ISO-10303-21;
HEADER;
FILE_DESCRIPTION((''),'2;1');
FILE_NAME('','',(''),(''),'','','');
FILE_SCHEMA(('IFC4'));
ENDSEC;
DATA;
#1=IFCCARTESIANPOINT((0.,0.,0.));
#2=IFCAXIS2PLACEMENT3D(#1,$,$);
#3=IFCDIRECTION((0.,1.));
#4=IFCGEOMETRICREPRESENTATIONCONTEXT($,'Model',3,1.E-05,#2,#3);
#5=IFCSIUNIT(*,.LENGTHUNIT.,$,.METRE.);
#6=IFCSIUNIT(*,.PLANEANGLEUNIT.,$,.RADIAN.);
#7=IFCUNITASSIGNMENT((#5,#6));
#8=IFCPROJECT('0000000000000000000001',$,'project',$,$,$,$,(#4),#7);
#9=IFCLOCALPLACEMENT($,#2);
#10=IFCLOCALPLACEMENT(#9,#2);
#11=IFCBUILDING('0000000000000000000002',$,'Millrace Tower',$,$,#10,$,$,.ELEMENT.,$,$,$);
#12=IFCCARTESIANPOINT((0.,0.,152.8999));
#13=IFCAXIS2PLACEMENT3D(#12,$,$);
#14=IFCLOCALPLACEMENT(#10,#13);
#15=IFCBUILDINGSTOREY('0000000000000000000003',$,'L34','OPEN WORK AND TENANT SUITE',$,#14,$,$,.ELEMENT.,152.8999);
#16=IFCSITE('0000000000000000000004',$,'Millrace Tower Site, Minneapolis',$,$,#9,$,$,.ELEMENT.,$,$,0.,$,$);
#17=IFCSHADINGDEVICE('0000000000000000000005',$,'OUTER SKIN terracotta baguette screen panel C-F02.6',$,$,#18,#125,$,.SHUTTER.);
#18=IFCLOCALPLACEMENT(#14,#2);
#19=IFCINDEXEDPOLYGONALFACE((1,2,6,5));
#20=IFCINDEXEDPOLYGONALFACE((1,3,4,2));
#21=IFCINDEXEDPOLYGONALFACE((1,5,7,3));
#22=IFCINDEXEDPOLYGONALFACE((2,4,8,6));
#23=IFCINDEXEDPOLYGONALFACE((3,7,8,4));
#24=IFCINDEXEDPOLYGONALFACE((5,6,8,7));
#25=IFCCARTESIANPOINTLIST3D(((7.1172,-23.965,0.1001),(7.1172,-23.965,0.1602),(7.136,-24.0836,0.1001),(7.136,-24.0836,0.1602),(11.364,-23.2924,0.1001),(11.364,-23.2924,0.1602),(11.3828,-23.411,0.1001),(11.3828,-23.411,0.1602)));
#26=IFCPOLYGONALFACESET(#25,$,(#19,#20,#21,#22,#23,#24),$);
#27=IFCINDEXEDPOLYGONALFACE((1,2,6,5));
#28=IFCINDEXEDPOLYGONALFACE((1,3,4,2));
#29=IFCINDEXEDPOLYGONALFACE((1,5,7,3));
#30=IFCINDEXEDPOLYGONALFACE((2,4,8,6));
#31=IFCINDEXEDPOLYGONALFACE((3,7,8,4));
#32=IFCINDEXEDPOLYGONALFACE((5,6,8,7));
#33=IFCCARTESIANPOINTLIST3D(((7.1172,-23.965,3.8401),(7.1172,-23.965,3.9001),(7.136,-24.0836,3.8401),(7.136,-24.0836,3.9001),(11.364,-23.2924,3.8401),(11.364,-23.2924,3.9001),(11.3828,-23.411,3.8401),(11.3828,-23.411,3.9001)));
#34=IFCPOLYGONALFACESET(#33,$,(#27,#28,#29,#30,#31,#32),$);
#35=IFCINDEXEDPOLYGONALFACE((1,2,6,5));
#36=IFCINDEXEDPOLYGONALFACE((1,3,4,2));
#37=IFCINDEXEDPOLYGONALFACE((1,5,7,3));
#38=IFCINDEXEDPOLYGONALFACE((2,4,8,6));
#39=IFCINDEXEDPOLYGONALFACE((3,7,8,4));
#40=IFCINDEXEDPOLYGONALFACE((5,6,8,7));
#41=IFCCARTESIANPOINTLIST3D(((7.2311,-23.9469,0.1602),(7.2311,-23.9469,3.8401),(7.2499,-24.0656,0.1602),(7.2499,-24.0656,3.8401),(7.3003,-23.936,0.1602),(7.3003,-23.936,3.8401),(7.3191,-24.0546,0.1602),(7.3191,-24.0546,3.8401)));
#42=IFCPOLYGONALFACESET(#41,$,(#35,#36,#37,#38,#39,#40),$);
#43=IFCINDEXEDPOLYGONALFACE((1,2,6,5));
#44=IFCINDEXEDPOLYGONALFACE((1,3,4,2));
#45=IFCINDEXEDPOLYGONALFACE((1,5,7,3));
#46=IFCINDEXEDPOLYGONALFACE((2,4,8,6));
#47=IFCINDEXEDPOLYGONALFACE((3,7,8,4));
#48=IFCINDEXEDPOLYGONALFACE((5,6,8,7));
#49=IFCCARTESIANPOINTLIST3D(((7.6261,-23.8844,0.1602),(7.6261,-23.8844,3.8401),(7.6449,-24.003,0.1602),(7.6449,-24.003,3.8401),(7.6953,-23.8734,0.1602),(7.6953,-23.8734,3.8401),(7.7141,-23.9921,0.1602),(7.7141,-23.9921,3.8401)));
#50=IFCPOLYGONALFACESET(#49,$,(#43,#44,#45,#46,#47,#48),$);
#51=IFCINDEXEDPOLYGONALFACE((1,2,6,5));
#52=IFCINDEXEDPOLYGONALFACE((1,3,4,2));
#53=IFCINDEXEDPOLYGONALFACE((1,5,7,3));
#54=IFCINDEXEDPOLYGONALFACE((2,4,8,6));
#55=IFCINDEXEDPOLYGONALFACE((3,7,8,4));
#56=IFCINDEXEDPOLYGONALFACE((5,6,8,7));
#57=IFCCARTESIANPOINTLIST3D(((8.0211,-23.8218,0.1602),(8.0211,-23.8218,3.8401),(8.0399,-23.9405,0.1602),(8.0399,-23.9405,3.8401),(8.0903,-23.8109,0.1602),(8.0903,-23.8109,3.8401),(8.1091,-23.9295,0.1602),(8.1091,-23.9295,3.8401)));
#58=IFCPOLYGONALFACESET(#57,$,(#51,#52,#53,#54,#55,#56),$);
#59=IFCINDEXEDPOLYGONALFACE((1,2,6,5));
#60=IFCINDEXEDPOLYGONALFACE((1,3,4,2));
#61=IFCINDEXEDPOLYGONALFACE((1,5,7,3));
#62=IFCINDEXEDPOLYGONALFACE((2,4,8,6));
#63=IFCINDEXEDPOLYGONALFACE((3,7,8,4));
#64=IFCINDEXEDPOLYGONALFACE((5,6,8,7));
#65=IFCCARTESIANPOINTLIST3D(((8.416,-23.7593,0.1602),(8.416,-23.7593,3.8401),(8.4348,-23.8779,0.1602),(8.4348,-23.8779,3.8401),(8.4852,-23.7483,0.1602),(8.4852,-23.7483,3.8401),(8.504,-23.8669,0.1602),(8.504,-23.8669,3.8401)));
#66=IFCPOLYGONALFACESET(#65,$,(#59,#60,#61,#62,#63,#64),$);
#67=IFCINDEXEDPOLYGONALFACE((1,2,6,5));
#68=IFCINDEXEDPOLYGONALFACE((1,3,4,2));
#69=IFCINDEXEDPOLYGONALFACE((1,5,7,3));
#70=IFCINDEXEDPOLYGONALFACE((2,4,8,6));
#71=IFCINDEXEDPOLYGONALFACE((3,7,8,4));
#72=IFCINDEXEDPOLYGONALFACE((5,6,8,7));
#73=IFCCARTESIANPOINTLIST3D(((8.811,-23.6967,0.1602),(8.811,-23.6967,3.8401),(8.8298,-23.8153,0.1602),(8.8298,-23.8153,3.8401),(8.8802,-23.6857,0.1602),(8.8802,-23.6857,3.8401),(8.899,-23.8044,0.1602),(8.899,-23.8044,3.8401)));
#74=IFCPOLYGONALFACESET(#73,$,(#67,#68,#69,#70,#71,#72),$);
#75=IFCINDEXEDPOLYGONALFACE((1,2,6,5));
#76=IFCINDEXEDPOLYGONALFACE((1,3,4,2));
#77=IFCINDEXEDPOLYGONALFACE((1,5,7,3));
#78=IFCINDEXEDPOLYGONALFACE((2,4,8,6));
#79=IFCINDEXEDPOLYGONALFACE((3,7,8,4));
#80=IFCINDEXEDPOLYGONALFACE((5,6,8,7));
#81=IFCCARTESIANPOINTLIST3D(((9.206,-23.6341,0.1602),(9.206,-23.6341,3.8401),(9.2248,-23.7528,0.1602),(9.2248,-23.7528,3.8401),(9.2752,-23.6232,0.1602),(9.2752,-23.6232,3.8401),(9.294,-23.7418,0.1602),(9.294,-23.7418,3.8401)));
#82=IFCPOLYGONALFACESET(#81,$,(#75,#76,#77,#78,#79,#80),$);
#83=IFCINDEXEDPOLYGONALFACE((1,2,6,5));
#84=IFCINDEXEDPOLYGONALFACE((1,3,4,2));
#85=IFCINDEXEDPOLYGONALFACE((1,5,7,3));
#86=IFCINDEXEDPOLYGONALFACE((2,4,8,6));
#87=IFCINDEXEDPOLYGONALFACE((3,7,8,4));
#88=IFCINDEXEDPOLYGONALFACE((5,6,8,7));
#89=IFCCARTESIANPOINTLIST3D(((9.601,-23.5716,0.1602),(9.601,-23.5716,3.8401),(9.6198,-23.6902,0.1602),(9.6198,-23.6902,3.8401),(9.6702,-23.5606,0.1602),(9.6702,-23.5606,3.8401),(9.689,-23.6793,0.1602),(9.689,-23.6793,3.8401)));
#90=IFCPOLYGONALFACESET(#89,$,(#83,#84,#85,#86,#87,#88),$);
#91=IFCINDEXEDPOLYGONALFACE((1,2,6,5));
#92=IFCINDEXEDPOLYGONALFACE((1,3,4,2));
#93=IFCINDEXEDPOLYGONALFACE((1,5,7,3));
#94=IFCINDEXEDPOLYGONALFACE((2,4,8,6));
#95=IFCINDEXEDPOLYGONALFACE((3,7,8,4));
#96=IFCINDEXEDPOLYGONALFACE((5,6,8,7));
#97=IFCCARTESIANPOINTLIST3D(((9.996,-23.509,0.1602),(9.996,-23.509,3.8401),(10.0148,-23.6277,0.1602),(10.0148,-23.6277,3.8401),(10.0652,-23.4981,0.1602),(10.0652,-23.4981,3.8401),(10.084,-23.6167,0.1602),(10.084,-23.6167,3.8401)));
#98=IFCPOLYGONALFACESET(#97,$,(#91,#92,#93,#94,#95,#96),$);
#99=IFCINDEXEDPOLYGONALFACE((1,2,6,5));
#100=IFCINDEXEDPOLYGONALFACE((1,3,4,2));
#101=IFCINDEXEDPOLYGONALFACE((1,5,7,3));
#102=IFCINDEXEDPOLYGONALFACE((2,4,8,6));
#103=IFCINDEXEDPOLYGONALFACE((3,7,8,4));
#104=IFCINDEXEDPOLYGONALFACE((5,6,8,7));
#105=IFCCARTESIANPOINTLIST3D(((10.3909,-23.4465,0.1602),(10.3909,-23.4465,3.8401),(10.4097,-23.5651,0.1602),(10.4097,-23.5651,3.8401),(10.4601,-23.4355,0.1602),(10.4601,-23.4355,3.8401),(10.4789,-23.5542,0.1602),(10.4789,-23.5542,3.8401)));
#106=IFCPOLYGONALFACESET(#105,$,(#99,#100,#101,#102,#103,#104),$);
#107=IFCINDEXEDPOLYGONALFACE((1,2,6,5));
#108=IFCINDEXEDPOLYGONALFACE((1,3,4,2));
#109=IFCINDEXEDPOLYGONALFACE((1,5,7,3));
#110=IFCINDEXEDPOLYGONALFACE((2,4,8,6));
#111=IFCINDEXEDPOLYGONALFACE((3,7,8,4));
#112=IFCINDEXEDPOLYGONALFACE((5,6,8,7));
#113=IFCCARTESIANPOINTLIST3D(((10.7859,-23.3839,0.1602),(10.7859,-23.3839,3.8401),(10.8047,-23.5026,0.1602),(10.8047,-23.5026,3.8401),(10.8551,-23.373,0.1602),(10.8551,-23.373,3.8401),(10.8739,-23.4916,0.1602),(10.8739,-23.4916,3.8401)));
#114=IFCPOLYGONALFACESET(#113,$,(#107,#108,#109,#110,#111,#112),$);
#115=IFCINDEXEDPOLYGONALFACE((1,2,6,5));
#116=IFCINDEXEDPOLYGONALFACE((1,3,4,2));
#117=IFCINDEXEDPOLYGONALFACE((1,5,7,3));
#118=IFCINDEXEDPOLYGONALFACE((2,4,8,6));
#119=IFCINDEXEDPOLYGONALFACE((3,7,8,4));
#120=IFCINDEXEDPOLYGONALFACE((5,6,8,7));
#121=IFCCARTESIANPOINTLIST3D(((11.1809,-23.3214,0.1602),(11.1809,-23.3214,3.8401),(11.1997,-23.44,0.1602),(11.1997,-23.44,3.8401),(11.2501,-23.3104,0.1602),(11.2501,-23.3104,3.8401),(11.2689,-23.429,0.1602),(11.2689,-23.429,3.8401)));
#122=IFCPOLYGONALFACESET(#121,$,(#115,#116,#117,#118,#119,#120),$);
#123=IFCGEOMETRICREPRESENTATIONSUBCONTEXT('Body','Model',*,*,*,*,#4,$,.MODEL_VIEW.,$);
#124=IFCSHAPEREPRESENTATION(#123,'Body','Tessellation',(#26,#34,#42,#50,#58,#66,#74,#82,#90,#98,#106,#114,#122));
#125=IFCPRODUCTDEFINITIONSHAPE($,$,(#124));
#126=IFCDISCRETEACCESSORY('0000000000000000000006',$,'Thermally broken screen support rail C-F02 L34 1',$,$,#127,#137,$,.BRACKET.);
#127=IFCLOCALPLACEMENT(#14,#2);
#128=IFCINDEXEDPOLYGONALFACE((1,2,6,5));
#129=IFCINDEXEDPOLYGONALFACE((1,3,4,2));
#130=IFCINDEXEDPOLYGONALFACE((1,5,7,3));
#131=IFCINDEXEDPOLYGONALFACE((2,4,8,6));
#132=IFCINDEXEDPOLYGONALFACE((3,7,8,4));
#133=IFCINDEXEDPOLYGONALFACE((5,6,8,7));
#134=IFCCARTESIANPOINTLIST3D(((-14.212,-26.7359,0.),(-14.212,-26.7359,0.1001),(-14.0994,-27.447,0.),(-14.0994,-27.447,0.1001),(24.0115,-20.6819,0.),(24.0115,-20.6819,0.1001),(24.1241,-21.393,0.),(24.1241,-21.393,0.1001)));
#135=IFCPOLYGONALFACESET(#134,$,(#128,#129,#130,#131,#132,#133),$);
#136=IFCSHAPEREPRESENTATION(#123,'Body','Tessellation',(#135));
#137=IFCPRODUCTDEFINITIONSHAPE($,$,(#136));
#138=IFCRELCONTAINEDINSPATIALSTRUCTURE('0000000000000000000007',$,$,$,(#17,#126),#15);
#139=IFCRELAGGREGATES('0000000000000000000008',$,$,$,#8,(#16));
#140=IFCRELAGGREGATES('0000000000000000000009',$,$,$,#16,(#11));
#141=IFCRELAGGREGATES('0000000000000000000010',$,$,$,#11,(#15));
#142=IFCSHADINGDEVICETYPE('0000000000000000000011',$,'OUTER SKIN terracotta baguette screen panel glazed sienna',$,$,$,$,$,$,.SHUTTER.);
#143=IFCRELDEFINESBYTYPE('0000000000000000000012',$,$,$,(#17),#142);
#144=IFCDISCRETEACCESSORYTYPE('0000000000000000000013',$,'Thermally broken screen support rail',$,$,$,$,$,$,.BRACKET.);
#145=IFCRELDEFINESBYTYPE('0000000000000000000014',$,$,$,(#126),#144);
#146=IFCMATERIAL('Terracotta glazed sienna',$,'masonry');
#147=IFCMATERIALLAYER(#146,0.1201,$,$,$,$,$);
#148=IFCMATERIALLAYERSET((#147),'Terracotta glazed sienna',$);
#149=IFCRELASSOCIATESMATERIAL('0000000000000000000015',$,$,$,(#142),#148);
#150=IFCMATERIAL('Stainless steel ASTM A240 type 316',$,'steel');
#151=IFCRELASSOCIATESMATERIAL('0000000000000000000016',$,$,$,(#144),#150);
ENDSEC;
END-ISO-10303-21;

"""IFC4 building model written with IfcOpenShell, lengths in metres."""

from ifc_helpers import new_model, entity, si_unit, direction, frame, frame_2d, origin, origin_2d, place, context, subcontext, project, spatial, rectangle, extrude, source, transform, mapped, material, layer, layer_set, type_object, element, save


model = new_model("IFC4")

# Units and contexts
model_context = context("Model", 3, precision=1e-05, world=origin(), true_north=direction((0.0, 1.0)))
body_context = subcontext(model_context, "Body", "Model", "MODEL_VIEW")
ifc_project = project(units=[si_unit("LENGTHUNIT", "METRE"), si_unit("PLANEANGLEUNIT", "RADIAN")], contexts=[model_context])

# Site, building, storey
site_placement = place(None, origin())
site = spatial("IfcSite", under=ifc_project, at=site_placement, Name="Millrace Tower Site, Minneapolis", CompositionType="ELEMENT", RefElevation=0.0)
building_placement = place(site_placement, origin())
building = spatial("IfcBuilding", under=site, at=building_placement, Name="Millrace Tower", CompositionType="ELEMENT")
storey_placement = place(building_placement, frame((0.0, 0.0, 152.8999)))
storey = spatial("IfcBuildingStorey", under=building, at=storey_placement, Name="L34", Description="OPEN WORK AND TENANT SUITE", CompositionType="ELEMENT", Elevation=152.8999)

# Shading device
ifc_material_1 = material(Name="Terracotta glazed sienna", Category="masonry")
ifc_layer_1 = layer(ifc_material_1, 0.1201)
ifc_layer_set_1 = layer_set([ifc_layer_1], Name="Terracotta glazed sienna")
shading_device_type = type_object("IfcShadingDeviceType", Name="OUTER SKIN terracotta baguette screen panel glazed sienna", PredefinedType="SHUTTER", material=ifc_layer_set_1)
cartesian_point = entity("IfcCartesianPoint", [-2.1499, 0.0601])
shared_polyline = entity("IfcPolyline", [cartesian_point, entity("IfcCartesianPoint", [2.1499, 0.0601]), entity("IfcCartesianPoint", [2.1499, -0.0601]), entity("IfcCartesianPoint", [-2.1499, -0.0601]), cartesian_point])
shared_shape = source(origin(), body_context, "Body", "SweptSolid", [
    entity("IfcExtrudedAreaSolid", entity("IfcArbitraryClosedProfileDef", "AREA", None, shared_polyline), entity("IfcAxis2Placement3D", entity("IfcCartesianPoint", [0.0, 0.0, 0.0])), entity("IfcDirection", [0.0, 0.0, 1.0]), 0.0601),
    entity("IfcExtrudedAreaSolid", entity("IfcArbitraryClosedProfileDef", "AREA", None, shared_polyline), entity("IfcAxis2Placement3D", entity("IfcCartesianPoint", [0.0, 0.0, 3.74])), entity("IfcDirection", [0.0, 0.0, 1.0]), 0.0601),
    extrude(rectangle(XDim=0.0701, YDim=0.1201, at=frame_2d((-1.9995, 0.0))), frame((0.0, 0.0, 0.0601)), (0.0, 0.0, 1.0), 3.6799),
    extrude(rectangle(XDim=0.0701, YDim=0.1201, at=frame_2d((-1.5996, 0.0))), frame((0.0, 0.0, 0.0601)), (0.0, 0.0, 1.0), 3.6799),
    extrude(rectangle(XDim=0.0701, YDim=0.1201, at=frame_2d((-1.1997, 0.0))), frame((0.0, 0.0, 0.0601)), (0.0, 0.0, 1.0), 3.6799),
    extrude(rectangle(XDim=0.0701, YDim=0.1201, at=frame_2d((-0.7998, 0.0))), frame((0.0, 0.0, 0.0601)), (0.0, 0.0, 1.0), 3.6799),
    extrude(rectangle(XDim=0.0701, YDim=0.1201, at=frame_2d((-0.3999, 0.0))), frame((0.0, 0.0, 0.0601)), (0.0, 0.0, 1.0), 3.6799),
    extrude(rectangle(XDim=0.0701, YDim=0.1201, at=origin_2d()), frame((0.0, 0.0, 0.0601)), (0.0, 0.0, 1.0), 3.6799),
    extrude(rectangle(XDim=0.0701, YDim=0.1201, at=frame_2d((0.3999, 0.0))), frame((0.0, 0.0, 0.0601)), (0.0, 0.0, 1.0), 3.6799),
    extrude(rectangle(XDim=0.0701, YDim=0.1201, at=frame_2d((0.7998, 0.0))), frame((0.0, 0.0, 0.0601)), (0.0, 0.0, 1.0), 3.6799),
    extrude(rectangle(XDim=0.0701, YDim=0.1201, at=frame_2d((1.1997, 0.0))), frame((0.0, 0.0, 0.0601)), (0.0, 0.0, 1.0), 3.6799),
    extrude(rectangle(XDim=0.0701, YDim=0.1201, at=frame_2d((1.5996, 0.0))), frame((0.0, 0.0, 0.0601)), (0.0, 0.0, 1.0), 3.6799),
    extrude(rectangle(XDim=0.0701, YDim=0.1201, at=frame_2d((1.9995, 0.0))), frame((0.0, 0.0, 0.0601)), (0.0, 0.0, 1.0), 3.6799),
])
for number, where, z_axis, x_axis, name in (
    (1, (9.25, -23.688, 0.1001), (0.0, 0.0, 1.0), (0.987688, 0.156434, 0.0), "OUTER SKIN terracotta baguette screen panel C-F02.6"),
):
    element("IfcShadingDevice", number, at=place(storey_placement, frame(where, z_axis=z_axis, x_axis=x_axis)), inside=storey, type_object=shading_device_type, Name=name, PredefinedType="SHUTTER", context=body_context, shape_type="MappedRepresentation", body=[
        mapped(shared_shape, transform((0.0, 0.0, 0.0), scale=1.0)),
    ])

# Discrete accessory
ifc_material_2 = material(Name="Stainless steel ASTM A240 type 316", Category="steel")
discrete_accessory_type = type_object("IfcDiscreteAccessoryType", Name="Thermally broken screen support rail", PredefinedType="BRACKET", material=ifc_material_2)
discrete_accessory_placement = place(storey_placement, frame((4.9561, -24.0645, 0.0), z_axis=(0.0, 0.0, 1.0), x_axis=(0.987688, 0.156434, 0.0)))
element("IfcDiscreteAccessory", 2, at=discrete_accessory_placement, inside=storey, type_object=discrete_accessory_type, Name="Thermally broken screen support rail C-F02 L34 1", PredefinedType="BRACKET", context=body_context, shape_type="SweptSolid", body=[
    extrude(rectangle(XDim=38.7, YDim=0.72, at=origin_2d()), origin(), (0.0, 0.0, 1.0), 0.1001),
])

save(model, "model.ifc")
